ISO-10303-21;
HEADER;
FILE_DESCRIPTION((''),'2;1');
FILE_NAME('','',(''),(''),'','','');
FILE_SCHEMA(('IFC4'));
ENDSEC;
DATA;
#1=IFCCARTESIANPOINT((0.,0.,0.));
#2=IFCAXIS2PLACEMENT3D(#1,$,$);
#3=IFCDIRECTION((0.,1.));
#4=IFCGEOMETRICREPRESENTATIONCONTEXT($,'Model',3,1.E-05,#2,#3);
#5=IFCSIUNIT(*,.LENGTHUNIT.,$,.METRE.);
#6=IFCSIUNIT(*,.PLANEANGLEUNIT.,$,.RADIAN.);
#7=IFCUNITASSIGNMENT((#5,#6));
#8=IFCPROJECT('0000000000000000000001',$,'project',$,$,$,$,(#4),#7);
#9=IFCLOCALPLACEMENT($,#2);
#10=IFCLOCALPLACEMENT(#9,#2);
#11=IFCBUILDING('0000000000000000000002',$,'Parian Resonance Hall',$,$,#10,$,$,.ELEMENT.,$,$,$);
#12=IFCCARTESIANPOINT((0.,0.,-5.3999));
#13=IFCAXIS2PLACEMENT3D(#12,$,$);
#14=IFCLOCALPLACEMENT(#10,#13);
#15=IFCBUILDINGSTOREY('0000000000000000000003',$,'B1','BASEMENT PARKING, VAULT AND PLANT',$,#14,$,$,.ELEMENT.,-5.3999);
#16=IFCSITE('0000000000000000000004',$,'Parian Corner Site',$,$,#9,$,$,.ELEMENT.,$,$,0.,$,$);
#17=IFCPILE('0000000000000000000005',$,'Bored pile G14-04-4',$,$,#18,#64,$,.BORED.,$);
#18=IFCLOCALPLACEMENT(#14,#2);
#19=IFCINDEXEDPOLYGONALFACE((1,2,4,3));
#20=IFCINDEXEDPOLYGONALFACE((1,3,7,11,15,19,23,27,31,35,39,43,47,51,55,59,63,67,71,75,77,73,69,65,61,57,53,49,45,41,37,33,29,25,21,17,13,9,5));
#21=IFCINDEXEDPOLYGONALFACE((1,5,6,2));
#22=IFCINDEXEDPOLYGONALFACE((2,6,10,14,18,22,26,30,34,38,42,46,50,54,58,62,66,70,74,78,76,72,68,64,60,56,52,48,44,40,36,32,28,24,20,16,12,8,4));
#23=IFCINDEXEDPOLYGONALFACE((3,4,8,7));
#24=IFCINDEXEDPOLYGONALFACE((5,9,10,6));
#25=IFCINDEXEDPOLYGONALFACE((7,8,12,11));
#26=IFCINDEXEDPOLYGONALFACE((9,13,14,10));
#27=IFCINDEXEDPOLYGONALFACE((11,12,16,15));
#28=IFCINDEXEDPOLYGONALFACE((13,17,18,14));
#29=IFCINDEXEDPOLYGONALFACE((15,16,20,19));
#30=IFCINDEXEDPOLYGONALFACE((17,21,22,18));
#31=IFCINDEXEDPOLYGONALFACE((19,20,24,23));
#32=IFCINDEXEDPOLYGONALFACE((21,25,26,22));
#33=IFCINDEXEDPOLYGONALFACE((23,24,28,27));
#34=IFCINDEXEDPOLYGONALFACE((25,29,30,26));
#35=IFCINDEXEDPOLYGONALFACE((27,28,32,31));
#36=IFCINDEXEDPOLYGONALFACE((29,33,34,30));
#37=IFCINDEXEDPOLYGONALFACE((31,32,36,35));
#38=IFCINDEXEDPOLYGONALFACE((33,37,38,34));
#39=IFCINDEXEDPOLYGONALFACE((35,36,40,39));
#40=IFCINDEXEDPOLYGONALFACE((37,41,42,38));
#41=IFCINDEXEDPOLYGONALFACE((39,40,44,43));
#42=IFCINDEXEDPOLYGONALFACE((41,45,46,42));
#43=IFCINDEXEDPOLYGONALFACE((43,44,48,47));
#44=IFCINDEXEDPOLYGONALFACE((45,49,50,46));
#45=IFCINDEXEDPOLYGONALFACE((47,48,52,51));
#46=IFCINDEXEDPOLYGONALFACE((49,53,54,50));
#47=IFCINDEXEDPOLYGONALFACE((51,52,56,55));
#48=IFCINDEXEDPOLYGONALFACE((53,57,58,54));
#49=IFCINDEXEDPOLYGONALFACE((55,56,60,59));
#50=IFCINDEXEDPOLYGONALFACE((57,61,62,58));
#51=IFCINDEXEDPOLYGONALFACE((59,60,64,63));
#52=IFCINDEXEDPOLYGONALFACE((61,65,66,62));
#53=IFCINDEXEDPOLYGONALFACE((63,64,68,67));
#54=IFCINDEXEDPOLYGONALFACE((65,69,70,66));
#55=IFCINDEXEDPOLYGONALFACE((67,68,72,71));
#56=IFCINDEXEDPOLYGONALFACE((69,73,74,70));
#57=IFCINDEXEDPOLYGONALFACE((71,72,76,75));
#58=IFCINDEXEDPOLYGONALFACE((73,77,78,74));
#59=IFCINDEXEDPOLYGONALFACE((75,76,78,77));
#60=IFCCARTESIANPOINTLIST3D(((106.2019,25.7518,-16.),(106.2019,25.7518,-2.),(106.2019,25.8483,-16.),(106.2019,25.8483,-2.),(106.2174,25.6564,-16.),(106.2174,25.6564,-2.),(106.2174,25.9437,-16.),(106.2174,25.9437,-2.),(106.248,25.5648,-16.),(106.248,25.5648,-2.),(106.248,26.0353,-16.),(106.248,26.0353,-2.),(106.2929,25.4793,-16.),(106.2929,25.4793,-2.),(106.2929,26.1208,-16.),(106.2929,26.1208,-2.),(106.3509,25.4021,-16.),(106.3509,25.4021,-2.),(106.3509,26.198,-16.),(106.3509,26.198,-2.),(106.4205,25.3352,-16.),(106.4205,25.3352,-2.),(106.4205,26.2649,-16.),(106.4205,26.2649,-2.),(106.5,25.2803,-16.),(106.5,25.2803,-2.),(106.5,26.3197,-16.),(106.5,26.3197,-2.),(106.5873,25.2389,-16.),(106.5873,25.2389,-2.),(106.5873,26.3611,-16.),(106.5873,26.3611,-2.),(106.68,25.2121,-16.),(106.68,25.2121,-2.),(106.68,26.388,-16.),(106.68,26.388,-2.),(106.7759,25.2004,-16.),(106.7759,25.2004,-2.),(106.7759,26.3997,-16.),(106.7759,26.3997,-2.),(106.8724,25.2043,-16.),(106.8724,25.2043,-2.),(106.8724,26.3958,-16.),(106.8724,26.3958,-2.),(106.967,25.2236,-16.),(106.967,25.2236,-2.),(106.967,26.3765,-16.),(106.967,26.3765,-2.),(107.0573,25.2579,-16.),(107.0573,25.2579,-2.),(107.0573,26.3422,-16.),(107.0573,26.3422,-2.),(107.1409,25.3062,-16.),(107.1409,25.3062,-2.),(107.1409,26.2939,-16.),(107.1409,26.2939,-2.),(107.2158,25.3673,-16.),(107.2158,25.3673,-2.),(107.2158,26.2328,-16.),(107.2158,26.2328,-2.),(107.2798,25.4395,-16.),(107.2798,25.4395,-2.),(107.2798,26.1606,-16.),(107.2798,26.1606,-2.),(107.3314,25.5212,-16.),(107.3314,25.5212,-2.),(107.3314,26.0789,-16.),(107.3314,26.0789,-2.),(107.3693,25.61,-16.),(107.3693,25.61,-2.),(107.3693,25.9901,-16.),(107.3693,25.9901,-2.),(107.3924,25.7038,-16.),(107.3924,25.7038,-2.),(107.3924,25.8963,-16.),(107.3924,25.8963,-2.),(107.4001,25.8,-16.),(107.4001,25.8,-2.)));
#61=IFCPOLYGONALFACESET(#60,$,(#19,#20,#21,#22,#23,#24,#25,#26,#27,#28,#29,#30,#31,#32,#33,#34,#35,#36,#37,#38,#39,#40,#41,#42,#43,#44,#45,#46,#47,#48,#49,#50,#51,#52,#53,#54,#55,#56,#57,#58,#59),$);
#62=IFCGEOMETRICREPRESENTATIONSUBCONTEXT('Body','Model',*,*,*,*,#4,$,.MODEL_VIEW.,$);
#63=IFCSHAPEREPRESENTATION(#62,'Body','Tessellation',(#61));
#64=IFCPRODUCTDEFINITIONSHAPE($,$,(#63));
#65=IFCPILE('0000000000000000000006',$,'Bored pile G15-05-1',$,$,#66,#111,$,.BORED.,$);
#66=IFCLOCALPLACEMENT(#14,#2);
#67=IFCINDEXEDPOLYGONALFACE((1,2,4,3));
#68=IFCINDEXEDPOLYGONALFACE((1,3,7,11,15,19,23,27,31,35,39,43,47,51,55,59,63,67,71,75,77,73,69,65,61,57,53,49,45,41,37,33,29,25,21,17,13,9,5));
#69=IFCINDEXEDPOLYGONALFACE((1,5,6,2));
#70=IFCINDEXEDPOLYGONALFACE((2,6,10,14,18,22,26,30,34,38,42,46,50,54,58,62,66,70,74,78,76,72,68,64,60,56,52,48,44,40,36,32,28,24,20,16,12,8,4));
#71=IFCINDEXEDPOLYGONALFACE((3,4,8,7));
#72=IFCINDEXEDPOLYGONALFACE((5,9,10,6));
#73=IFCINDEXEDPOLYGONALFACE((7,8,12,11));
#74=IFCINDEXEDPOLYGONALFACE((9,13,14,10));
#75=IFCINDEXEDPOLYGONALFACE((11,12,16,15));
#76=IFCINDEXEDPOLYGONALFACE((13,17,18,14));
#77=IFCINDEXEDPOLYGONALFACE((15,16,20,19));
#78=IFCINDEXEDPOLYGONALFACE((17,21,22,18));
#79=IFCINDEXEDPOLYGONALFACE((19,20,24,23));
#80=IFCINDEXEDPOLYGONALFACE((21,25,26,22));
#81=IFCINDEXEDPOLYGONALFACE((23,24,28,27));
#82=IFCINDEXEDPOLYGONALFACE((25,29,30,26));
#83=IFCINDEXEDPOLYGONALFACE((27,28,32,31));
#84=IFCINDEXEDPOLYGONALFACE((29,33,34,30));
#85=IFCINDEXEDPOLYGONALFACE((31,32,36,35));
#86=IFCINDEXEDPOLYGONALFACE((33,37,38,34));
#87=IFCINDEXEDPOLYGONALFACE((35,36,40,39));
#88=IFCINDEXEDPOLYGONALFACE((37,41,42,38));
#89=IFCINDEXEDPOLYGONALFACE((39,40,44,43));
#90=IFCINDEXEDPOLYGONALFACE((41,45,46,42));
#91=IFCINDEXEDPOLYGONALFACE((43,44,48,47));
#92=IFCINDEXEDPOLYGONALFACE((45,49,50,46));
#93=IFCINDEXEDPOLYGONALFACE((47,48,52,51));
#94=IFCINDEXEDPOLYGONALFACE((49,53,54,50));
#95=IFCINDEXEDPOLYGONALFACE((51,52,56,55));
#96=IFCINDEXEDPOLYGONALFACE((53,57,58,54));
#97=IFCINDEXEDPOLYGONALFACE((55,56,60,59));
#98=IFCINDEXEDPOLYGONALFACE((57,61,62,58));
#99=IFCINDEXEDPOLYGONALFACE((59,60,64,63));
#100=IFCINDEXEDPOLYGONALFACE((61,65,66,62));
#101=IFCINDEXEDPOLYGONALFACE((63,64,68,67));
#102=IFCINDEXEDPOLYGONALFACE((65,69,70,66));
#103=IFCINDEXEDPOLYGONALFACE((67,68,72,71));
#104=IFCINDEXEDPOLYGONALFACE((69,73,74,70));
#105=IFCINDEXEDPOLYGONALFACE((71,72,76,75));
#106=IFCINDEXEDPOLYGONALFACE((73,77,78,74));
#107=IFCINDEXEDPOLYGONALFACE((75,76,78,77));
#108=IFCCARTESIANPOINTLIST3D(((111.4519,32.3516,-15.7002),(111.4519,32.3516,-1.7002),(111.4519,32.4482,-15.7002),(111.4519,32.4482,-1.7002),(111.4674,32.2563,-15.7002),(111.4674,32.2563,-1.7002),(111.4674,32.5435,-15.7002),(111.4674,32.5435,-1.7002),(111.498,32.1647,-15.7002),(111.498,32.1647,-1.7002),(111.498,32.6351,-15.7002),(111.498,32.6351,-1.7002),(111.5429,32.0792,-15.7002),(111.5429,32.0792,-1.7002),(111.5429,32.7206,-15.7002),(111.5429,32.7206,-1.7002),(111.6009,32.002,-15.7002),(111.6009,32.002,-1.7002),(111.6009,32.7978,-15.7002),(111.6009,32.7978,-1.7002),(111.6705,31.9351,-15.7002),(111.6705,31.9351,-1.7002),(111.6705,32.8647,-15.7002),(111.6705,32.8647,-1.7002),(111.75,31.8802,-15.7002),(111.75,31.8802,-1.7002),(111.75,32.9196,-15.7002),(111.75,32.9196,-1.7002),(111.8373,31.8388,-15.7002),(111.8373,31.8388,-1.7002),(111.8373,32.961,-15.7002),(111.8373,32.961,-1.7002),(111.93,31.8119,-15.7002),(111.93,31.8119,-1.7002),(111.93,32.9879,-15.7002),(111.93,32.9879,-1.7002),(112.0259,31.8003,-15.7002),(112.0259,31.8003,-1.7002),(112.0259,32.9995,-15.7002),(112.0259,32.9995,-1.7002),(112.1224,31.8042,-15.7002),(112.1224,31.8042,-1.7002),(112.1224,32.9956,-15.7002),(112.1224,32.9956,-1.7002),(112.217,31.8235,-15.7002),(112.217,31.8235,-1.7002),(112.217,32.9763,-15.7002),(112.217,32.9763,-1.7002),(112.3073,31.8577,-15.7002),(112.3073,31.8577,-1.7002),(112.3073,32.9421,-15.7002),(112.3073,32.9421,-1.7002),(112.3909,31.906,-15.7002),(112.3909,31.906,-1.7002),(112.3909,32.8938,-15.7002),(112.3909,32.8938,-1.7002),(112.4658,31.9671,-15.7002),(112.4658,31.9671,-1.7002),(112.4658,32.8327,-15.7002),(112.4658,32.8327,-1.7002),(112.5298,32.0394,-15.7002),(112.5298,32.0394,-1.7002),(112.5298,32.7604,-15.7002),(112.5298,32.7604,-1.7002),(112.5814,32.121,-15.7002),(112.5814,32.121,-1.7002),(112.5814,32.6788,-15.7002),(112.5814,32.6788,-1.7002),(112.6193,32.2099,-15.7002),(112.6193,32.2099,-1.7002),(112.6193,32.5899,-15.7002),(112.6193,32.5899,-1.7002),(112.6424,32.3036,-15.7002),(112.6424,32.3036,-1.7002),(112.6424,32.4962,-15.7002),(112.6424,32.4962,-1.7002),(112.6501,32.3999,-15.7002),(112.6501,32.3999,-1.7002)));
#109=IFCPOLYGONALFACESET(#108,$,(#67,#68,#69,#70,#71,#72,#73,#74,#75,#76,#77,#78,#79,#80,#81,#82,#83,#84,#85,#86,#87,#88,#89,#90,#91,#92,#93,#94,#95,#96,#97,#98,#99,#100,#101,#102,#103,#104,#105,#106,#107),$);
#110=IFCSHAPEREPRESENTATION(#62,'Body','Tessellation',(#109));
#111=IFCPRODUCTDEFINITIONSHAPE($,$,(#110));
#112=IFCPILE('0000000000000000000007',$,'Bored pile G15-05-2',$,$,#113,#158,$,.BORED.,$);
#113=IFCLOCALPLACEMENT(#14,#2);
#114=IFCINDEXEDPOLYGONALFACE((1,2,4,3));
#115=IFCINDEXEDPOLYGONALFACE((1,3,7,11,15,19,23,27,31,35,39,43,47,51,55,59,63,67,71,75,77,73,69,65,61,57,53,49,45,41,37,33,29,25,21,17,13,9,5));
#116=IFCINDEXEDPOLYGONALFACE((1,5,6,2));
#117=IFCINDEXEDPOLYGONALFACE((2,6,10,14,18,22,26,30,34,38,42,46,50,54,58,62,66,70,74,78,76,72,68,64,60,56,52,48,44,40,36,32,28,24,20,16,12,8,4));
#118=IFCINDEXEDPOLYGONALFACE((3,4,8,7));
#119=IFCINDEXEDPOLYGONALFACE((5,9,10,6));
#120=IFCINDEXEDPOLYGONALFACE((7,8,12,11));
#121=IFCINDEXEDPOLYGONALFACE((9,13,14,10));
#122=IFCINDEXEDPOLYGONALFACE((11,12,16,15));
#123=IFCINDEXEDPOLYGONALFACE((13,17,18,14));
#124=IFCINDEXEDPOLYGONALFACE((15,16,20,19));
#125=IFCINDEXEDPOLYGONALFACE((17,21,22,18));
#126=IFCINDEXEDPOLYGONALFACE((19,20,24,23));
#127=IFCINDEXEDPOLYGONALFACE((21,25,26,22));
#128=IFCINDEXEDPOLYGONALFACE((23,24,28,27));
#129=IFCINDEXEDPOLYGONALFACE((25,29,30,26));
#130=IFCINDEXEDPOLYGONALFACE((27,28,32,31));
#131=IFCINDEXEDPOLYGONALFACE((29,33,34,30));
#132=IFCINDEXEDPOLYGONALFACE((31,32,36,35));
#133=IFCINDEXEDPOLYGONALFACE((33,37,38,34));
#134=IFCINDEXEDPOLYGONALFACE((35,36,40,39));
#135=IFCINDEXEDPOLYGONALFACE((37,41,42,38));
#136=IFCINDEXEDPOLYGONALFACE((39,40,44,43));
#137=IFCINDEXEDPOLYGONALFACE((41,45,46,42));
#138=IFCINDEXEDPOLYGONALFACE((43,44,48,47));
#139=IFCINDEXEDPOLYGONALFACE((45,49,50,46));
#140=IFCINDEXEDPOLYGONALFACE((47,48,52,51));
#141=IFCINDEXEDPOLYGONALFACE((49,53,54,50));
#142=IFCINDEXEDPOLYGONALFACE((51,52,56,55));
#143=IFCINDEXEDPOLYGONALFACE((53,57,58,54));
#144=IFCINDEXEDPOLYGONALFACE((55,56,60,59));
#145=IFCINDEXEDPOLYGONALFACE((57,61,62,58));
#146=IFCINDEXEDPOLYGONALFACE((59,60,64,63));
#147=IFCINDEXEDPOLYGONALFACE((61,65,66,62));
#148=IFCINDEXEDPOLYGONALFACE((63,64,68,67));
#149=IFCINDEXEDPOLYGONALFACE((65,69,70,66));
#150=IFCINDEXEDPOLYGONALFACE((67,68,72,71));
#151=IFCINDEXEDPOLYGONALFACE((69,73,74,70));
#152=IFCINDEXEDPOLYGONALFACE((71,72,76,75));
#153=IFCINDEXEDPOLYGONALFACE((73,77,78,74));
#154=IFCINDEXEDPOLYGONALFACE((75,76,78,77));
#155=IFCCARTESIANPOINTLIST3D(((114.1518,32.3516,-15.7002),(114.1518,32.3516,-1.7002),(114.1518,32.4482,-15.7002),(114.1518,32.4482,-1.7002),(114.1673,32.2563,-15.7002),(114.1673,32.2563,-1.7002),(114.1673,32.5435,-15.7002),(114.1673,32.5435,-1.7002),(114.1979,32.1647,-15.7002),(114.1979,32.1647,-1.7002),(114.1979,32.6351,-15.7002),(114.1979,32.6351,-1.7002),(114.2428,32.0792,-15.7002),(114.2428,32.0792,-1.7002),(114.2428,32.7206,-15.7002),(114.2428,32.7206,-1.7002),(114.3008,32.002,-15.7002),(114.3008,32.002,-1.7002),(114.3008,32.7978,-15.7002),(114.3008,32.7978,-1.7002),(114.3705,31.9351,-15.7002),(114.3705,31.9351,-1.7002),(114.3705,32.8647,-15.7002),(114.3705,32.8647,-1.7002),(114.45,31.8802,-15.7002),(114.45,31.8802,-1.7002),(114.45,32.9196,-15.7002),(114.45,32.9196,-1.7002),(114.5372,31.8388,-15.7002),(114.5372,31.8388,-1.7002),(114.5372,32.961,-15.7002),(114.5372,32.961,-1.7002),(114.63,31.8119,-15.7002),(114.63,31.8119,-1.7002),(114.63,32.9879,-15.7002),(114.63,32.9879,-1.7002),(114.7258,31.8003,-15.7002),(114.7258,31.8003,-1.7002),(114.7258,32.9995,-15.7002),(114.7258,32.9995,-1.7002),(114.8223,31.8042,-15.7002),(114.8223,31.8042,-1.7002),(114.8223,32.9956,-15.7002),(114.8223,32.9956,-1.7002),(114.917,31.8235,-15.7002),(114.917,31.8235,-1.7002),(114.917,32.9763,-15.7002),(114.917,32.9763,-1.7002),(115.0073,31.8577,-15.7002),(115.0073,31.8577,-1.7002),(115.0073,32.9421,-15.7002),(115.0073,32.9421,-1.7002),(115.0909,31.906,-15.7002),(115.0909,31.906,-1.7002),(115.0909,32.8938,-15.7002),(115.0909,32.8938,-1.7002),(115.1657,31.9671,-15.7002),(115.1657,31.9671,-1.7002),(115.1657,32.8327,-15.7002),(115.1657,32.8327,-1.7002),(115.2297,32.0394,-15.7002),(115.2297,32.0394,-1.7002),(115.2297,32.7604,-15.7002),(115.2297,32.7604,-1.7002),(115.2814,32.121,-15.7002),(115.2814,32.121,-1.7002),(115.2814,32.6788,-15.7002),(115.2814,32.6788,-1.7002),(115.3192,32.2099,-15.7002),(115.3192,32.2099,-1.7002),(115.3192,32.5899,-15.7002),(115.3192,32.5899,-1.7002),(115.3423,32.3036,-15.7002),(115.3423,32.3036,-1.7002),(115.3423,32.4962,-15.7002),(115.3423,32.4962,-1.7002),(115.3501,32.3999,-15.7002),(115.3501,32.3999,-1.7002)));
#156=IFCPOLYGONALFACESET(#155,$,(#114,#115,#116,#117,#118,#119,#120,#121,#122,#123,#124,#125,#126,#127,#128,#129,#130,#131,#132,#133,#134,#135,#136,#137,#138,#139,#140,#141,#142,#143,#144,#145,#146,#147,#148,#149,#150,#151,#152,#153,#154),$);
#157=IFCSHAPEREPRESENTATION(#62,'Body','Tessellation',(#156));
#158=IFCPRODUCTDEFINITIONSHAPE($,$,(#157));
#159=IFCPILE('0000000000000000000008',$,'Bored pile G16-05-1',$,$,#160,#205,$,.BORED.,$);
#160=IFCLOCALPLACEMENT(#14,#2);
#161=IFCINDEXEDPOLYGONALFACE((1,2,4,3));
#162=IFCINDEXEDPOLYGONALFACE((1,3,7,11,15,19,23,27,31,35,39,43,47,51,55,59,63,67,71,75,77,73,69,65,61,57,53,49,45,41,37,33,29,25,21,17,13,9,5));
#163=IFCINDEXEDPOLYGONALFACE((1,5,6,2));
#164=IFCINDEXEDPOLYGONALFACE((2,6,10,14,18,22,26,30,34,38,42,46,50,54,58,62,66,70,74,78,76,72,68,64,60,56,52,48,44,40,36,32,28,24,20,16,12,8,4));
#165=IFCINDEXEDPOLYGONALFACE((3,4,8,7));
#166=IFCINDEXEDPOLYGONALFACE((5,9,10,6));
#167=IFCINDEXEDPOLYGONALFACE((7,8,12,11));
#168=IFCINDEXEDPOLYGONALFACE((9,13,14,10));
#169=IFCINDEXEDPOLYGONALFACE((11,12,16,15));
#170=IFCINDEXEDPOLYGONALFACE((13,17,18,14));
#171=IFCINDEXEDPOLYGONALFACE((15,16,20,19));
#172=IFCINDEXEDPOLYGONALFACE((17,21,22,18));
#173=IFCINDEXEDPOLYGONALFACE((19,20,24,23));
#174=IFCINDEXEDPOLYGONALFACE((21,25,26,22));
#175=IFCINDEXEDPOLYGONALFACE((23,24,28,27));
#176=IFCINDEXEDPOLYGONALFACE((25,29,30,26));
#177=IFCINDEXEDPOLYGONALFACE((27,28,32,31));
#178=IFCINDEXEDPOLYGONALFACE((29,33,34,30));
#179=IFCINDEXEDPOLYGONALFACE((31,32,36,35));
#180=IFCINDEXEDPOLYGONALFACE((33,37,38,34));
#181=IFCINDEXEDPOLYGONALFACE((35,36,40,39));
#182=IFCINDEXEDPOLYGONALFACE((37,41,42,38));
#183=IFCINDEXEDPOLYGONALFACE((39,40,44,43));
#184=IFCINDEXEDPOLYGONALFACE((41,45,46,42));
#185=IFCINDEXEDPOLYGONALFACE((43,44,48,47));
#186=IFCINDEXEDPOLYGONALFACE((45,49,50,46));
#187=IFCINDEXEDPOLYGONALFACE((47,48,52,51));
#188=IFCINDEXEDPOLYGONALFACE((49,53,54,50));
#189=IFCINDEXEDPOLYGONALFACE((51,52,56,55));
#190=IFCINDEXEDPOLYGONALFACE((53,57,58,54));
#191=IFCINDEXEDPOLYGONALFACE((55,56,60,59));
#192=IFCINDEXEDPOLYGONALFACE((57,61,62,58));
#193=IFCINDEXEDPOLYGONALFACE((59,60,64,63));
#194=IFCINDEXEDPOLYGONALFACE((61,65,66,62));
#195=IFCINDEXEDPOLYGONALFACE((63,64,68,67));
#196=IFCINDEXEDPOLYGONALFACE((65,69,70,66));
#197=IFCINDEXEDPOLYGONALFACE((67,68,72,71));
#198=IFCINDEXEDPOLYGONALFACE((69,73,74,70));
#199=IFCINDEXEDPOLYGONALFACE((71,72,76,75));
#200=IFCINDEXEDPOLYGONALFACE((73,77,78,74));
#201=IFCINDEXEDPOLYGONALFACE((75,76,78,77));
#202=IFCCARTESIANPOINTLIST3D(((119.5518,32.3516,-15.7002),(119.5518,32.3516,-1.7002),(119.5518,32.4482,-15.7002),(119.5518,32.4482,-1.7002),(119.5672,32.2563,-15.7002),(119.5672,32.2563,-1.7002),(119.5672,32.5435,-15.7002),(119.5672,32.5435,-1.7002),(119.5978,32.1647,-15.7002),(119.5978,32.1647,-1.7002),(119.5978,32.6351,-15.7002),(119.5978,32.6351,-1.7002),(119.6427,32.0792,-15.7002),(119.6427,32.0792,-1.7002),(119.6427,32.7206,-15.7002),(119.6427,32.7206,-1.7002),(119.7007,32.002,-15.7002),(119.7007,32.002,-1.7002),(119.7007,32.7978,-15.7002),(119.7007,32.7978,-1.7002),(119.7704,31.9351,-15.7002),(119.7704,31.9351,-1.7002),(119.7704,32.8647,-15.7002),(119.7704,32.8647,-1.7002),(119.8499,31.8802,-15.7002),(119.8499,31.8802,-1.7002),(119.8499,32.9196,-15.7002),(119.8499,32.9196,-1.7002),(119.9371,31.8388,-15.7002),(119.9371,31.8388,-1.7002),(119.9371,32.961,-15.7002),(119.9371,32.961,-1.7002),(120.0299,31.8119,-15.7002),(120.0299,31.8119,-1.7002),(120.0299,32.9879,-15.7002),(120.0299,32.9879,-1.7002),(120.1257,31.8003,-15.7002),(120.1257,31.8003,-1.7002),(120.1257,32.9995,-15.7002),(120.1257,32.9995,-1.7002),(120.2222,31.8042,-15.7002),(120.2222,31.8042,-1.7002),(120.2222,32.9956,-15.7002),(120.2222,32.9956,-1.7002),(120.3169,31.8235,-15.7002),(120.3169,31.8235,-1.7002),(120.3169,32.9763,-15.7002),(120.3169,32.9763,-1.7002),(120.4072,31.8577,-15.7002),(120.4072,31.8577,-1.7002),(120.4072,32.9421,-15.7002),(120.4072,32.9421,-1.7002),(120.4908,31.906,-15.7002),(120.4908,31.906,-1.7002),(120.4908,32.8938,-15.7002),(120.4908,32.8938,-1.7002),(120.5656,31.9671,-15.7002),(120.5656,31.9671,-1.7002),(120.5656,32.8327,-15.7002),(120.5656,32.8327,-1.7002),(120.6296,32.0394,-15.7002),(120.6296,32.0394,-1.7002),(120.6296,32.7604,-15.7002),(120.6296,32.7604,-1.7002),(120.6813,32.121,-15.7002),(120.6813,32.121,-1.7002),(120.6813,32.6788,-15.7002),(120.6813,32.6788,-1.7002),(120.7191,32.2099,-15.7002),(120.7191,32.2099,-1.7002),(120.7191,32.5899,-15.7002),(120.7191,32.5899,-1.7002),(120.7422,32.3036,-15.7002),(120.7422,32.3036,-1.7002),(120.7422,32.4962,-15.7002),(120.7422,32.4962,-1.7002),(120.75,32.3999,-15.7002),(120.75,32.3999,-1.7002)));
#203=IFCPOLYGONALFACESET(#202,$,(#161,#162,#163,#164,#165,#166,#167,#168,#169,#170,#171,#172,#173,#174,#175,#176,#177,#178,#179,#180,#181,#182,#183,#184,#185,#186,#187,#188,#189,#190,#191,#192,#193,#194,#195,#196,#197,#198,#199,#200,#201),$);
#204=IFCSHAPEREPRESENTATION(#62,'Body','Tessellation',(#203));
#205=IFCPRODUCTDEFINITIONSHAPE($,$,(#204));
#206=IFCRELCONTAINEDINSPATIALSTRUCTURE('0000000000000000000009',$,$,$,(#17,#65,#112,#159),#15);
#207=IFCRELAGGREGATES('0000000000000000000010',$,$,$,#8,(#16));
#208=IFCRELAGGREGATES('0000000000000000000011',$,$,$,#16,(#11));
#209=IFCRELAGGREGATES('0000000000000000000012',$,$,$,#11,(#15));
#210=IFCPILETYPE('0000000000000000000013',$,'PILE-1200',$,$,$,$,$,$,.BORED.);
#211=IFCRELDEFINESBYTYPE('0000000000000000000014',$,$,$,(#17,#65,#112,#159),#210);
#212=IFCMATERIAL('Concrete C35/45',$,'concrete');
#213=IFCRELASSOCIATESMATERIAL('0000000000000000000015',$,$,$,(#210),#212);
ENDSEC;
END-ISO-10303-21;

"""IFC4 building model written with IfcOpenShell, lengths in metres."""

from ifc_helpers import new_model, si_unit, direction, frame, origin, origin_2d, place, context, subcontext, project, spatial, circle, extrude, material, material_profile, profile_set, type_object, element, save


model = new_model("IFC4")

# Units and contexts
model_context = context("Model", 3, precision=1e-05, world=origin(), true_north=direction((0.0, 1.0)))
body_context = subcontext(model_context, "Body", "Model", "MODEL_VIEW")
ifc_project = project(units=[si_unit("LENGTHUNIT", "METRE"), si_unit("PLANEANGLEUNIT", "RADIAN")], contexts=[model_context])

# Site, building, storey
site_placement = place(None, origin())
site = spatial("IfcSite", under=ifc_project, at=site_placement, Name="Parian Corner Site", CompositionType="ELEMENT", RefElevation=0.0)
building_placement = place(site_placement, origin())
building = spatial("IfcBuilding", under=site, at=building_placement, Name="Parian Resonance Hall", CompositionType="ELEMENT")
storey_placement = place(building_placement, frame((0.0, 0.0, -5.3999)))
storey = spatial("IfcBuildingStorey", under=building, at=storey_placement, Name="B1", Description="BASEMENT PARKING, VAULT AND PLANT", CompositionType="ELEMENT", Elevation=-5.3999)

# Piles
ifc_material_1 = material(Name="Concrete C35/45", Category="concrete")
ifc_material_profile_1 = material_profile(ifc_material_1, circle(Radius=0.6001, at=origin_2d()), Name="PILE-D1200")
ifc_profile_set_1 = profile_set([ifc_material_profile_1], Name="Concrete C35/45")
pile_type_1 = type_object("IfcPileType", Name="PILE-1200", PredefinedType="BORED", material=ifc_profile_set_1)
for number, where, z_axis, x_axis, name in (
    (1, (106.8, 25.8, -2.0), (0.0, 0.0, -1.0), (1.0, 0.0, 0.0), "Bored pile G14-04-4"),
    (2, (112.05, 32.3999, -1.7002), (0.0, 0.0, -1.0), (1.0, 0.0, 0.0), "Bored pile G15-05-1"),
    (3, (114.75, 32.3999, -1.7002), (0.0, 0.0, -1.0), (1.0, 0.0, 0.0), "Bored pile G15-05-2"),
    (4, (120.1499, 32.3999, -1.7002), (0.0, 0.0, -1.0), (1.0, 0.0, 0.0), "Bored pile G16-05-1"),
):
    element("IfcPile", number, at=place(storey_placement, frame(where, z_axis=z_axis, x_axis=x_axis)), inside=storey, type_object=pile_type_1, Name=name, PredefinedType="BORED", context=body_context, shape_type="SweptSolid", body=[
        extrude(circle(Radius=0.6001, at=origin_2d()), origin(), (0.0, 0.0, 1.0), 14.0),
    ])

save(model, "model.ifc")
